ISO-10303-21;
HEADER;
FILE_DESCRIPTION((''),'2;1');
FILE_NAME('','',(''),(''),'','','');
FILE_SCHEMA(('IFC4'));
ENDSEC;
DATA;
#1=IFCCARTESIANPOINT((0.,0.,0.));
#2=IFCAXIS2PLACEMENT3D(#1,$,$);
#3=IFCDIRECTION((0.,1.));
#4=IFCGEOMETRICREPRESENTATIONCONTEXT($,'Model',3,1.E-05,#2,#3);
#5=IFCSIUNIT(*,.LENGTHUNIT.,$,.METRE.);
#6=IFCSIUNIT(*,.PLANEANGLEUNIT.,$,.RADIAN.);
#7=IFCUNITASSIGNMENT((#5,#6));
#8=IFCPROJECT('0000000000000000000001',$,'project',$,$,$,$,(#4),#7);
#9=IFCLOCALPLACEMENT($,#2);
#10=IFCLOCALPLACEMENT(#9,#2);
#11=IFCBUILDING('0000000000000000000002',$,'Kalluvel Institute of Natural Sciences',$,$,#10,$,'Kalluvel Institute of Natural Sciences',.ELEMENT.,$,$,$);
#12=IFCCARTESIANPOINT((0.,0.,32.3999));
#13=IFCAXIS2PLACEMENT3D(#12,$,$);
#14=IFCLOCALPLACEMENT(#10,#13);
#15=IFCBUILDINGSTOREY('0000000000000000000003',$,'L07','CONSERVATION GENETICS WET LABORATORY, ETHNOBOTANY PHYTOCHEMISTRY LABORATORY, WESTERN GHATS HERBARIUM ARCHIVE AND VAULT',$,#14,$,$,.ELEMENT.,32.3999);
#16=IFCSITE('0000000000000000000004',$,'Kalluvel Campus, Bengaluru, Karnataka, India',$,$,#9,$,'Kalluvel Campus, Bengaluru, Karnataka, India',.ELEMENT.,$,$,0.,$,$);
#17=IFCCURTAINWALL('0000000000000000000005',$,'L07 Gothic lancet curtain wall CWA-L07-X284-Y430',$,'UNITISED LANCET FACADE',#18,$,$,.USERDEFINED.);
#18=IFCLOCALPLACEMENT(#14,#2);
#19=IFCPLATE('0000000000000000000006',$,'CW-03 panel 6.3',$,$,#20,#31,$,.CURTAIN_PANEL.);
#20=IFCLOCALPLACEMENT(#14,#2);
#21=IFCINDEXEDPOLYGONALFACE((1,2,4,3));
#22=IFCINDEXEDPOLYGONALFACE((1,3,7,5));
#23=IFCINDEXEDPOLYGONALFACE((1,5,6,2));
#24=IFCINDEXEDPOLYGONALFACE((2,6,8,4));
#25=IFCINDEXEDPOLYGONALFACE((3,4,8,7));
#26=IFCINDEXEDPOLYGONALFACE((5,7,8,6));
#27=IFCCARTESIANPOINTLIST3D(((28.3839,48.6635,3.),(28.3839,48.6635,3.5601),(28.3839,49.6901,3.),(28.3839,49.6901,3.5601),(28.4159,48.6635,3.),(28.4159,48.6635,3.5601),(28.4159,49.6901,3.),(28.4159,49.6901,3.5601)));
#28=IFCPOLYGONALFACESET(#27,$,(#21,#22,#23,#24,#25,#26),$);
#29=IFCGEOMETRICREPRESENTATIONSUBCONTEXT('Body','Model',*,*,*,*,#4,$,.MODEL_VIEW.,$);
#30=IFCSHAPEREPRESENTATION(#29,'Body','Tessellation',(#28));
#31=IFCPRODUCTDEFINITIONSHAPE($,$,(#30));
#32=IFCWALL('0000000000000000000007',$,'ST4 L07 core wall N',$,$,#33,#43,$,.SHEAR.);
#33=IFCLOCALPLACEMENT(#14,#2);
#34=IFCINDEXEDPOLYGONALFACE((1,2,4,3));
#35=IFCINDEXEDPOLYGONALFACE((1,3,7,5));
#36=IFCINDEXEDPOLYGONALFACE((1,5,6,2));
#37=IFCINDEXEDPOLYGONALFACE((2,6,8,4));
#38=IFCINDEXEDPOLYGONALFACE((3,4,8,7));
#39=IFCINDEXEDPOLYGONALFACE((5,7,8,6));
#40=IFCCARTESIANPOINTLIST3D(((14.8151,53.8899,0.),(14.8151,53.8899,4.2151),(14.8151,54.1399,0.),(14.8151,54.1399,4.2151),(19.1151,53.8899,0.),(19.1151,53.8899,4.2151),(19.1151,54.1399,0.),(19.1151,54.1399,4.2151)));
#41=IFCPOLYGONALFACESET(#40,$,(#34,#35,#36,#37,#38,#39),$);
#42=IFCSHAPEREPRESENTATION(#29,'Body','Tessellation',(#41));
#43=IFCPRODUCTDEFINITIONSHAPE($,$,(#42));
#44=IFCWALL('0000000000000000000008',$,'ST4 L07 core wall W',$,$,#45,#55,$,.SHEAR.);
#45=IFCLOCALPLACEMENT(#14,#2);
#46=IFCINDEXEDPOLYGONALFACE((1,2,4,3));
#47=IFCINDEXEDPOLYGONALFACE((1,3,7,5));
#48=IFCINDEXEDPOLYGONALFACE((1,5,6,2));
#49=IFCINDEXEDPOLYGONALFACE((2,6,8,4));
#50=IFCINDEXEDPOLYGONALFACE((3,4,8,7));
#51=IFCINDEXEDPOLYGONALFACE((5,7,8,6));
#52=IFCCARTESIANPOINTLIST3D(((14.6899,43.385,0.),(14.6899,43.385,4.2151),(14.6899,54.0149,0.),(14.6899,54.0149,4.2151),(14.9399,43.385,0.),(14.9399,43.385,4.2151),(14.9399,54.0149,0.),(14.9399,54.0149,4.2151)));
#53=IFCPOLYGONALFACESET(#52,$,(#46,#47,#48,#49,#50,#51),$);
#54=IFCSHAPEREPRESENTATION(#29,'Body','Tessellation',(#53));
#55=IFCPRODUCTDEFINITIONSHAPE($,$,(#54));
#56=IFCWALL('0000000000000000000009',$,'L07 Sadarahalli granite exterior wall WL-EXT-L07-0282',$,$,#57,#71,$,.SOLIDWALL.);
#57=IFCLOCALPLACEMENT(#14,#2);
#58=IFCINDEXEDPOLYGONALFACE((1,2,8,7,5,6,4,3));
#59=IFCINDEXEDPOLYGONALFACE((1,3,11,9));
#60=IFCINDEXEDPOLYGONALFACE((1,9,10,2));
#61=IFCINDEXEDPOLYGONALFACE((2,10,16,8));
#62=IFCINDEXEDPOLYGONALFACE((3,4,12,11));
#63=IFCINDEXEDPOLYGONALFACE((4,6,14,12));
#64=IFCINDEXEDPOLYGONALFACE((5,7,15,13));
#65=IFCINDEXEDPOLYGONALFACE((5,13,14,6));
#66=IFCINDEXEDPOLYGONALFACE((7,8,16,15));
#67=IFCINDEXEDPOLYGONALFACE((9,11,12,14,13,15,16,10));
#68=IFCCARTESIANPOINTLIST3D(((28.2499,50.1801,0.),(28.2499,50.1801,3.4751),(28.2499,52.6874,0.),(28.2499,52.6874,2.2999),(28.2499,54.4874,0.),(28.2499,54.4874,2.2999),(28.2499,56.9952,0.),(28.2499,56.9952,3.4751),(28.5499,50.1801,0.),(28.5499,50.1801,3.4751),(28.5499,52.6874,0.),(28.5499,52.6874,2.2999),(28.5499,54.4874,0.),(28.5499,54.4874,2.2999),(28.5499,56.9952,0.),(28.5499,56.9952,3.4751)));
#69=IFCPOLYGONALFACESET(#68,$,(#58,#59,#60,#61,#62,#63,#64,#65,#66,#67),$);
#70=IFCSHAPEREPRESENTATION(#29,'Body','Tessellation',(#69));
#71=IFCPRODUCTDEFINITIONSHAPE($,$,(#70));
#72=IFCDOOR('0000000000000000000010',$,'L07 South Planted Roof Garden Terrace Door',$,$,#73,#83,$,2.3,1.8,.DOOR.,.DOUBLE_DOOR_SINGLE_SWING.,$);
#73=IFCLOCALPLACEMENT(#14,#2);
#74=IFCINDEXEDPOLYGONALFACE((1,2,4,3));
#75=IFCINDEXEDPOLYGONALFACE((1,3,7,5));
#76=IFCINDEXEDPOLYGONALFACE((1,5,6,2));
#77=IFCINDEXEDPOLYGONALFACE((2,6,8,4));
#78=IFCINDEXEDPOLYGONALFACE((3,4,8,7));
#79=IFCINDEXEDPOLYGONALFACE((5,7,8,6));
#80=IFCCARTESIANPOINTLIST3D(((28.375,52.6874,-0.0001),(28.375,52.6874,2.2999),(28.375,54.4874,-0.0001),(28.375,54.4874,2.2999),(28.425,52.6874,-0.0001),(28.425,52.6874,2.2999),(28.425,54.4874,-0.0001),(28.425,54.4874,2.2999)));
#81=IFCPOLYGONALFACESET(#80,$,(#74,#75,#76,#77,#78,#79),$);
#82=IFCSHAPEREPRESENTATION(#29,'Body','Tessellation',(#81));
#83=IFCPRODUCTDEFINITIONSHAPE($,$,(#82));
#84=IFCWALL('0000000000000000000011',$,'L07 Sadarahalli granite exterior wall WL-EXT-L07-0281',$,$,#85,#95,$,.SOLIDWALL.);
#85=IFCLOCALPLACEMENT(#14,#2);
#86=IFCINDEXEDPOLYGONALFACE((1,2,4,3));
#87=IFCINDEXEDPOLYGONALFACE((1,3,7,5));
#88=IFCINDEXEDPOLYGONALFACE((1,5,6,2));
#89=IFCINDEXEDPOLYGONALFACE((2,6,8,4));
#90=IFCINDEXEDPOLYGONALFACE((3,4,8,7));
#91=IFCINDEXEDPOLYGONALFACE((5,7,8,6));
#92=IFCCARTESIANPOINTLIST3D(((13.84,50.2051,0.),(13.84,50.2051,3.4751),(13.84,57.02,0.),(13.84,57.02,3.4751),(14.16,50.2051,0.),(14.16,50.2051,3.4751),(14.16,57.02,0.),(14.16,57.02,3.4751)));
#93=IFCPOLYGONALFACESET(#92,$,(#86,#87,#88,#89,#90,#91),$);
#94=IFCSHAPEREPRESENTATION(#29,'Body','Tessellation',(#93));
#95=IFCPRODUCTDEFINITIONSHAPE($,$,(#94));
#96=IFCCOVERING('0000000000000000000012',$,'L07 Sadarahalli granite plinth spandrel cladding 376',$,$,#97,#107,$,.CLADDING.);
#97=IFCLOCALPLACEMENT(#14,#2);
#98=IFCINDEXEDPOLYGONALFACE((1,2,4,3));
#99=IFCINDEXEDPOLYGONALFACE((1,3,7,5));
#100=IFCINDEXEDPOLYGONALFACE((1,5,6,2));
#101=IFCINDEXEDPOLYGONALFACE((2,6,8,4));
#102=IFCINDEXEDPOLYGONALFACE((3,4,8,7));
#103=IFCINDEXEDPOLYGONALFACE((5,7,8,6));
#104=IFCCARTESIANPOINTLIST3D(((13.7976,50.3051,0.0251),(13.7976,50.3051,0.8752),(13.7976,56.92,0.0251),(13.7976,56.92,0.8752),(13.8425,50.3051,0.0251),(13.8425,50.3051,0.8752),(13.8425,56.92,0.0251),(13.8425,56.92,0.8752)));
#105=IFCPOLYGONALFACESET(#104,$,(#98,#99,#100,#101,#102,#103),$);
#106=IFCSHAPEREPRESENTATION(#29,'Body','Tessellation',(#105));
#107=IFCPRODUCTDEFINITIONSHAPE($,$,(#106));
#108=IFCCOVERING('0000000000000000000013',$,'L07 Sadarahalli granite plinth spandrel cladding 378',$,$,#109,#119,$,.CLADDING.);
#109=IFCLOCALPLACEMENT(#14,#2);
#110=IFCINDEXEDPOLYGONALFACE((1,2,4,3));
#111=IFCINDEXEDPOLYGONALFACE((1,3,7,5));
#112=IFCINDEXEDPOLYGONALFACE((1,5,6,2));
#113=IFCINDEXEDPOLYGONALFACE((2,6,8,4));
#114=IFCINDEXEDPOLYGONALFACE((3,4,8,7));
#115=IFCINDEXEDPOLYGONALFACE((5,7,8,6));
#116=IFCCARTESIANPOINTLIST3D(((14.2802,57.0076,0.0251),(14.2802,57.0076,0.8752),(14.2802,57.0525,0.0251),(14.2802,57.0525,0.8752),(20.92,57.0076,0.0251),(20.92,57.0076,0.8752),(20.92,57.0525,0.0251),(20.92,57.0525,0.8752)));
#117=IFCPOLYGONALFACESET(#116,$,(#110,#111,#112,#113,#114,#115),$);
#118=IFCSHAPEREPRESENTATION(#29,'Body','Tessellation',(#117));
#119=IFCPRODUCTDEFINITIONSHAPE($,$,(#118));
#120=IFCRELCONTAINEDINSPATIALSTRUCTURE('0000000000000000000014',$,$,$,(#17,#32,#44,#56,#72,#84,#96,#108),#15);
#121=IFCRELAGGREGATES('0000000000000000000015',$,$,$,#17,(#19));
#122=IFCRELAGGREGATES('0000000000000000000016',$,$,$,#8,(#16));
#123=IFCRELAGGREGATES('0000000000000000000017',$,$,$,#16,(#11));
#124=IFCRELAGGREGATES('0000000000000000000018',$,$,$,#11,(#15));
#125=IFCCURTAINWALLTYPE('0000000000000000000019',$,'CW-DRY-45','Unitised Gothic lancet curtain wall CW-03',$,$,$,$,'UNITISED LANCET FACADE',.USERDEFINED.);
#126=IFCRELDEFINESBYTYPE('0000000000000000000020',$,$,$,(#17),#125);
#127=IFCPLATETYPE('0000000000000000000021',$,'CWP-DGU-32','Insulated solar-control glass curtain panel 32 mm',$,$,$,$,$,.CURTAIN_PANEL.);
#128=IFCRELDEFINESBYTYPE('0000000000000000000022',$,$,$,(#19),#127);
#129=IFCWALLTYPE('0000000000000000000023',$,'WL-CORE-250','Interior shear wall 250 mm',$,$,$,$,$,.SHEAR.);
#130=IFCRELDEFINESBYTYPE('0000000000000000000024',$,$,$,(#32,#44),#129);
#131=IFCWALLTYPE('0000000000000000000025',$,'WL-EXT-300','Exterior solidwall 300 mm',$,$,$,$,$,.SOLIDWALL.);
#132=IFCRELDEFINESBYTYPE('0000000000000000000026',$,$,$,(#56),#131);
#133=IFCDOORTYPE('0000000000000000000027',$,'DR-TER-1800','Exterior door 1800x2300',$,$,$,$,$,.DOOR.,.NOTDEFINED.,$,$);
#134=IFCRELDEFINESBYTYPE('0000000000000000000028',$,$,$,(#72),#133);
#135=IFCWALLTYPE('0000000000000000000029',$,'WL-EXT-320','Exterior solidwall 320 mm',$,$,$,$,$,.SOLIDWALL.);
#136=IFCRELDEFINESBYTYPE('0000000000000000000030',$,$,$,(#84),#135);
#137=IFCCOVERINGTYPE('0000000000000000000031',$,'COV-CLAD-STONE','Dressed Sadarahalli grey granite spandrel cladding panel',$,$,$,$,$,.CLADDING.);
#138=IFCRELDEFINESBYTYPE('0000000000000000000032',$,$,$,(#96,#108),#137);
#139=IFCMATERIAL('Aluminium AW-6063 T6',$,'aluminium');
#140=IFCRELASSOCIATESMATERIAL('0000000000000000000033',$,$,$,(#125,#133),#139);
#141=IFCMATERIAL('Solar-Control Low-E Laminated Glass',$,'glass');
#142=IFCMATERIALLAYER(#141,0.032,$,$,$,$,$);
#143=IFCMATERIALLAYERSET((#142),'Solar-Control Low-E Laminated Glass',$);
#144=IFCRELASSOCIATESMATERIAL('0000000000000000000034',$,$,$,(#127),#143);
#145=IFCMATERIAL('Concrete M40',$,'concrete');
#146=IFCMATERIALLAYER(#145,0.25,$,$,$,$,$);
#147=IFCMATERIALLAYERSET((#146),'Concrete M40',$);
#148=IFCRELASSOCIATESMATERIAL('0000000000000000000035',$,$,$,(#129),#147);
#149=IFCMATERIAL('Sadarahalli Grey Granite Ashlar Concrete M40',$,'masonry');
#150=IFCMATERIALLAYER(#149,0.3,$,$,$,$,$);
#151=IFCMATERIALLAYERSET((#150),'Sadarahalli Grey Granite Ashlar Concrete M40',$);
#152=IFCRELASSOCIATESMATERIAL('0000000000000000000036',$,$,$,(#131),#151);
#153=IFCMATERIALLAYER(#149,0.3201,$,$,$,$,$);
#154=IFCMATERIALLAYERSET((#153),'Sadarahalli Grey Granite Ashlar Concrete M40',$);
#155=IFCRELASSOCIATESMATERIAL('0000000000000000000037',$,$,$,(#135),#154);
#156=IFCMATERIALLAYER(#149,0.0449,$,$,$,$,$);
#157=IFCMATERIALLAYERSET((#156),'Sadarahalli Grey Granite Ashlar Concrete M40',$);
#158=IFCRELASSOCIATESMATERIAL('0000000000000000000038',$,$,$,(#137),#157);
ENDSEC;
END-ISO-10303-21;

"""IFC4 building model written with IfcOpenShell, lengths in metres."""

from ifc_helpers import new_model, si_unit, direction, frame, frame_2d, origin, origin_2d, place, context, subcontext, project, spatial, rectangle, extrude, material, layer, layer_set, type_object, element, fill, aggregate, save


model = new_model("IFC4")

# Units and contexts
model_context = context("Model", 3, precision=1e-05, world=origin(), true_north=direction((0.0, 1.0)))
body_context = subcontext(model_context, "Body", "Model", "MODEL_VIEW")
ifc_project = project(units=[si_unit("LENGTHUNIT", "METRE"), si_unit("PLANEANGLEUNIT", "RADIAN")], contexts=[model_context])

# Site, building, storey
site_placement = place(None, origin())
site = spatial("IfcSite", under=ifc_project, at=site_placement, Name="Kalluvel Campus, Bengaluru, Karnataka, India", LongName="Kalluvel Campus, Bengaluru, Karnataka, India", CompositionType="ELEMENT", RefElevation=0.0)
building_placement = place(site_placement, origin())
building = spatial("IfcBuilding", under=site, at=building_placement, Name="Kalluvel Institute of Natural Sciences", LongName="Kalluvel Institute of Natural Sciences", CompositionType="ELEMENT")
storey_placement = place(building_placement, frame((0.0, 0.0, 32.3999)))
storey = spatial("IfcBuildingStorey", under=building, at=storey_placement, Name="L07", Description="CONSERVATION GENETICS WET LABORATORY, ETHNOBOTANY PHYTOCHEMISTRY LABORATORY, WESTERN GHATS HERBARIUM ARCHIVE AND VAULT", CompositionType="ELEMENT", Elevation=32.3999)

# Shared definitions
ifc_material_1 = material(Name="Concrete M40", Category="concrete")

# Curtain wall
ifc_material_2 = material(Name="Aluminium AW-6063 T6", Category="aluminium")
curtain_wall_type = type_object("IfcCurtainWallType", Name="CW-DRY-45", Description="Unitised Gothic lancet curtain wall CW-03", ElementType="UNITISED LANCET FACADE", PredefinedType="USERDEFINED", material=ifc_material_2)
curtain_wall_placement = place(storey_placement, origin())
curtain_wall = element("IfcCurtainWall", 1, at=curtain_wall_placement, inside=storey, type_object=curtain_wall_type, Name="L07 Gothic lancet curtain wall CWA-L07-X284-Y430", ObjectType="UNITISED LANCET FACADE", PredefinedType="USERDEFINED")

# Plate
ifc_material_3 = material(Name="Solar-Control Low-E Laminated Glass", Category="glass")
ifc_layer_1 = layer(ifc_material_3, 0.032)
ifc_layer_set_1 = layer_set([ifc_layer_1], Name="Solar-Control Low-E Laminated Glass")
plate_type = type_object("IfcPlateType", Name="CWP-DGU-32", Description="Insulated solar-control glass curtain panel 32 mm", PredefinedType="CURTAIN_PANEL", material=ifc_layer_set_1)
plate_1_placement = place(storey_placement, frame((28.3999, 49.1768, 3.0), z_axis=(0.0, 0.0, 1.0), x_axis=(0.0, 1.0, 0.0)))
plate_1 = element("IfcPlate", 2, at=plate_1_placement, type_object=plate_type, Name="CW-03 panel 6.3", PredefinedType="CURTAIN_PANEL", context=body_context, shape_type="SweptSolid", body=[
    extrude(rectangle(XDim=1.0266, YDim=0.032, at=origin_2d()), origin(), (0.0, 0.0, 1.0), 0.5601),
])
aggregate(curtain_wall, [plate_1])

# Walls
ifc_layer_2 = layer(ifc_material_1, 0.25)
ifc_layer_set_2 = layer_set([ifc_layer_2], Name="Concrete M40")
wall_type_1 = type_object("IfcWallType", Name="WL-CORE-250", Description="Interior shear wall 250 mm", PredefinedType="SHEAR", material=ifc_layer_set_2)
wall_1_placement = place(storey_placement, frame((19.115, 54.0149, 0.0), z_axis=(0.0, 0.0, 1.0), x_axis=(-1.0, 0.0, 0.0)))
element("IfcWall", 3, at=wall_1_placement, inside=storey, type_object=wall_type_1, Name="ST4 L07 core wall N", PredefinedType="SHEAR", context=body_context, shape_type="SweptSolid", body=[
    extrude(rectangle(XDim=4.3, YDim=0.25, at=frame_2d((2.1499, 0.0))), origin(), (0.0, 0.0, 1.0), 4.2151),
])
wall_2_placement = place(storey_placement, frame((14.8149, 54.0149, 0.0), z_axis=(0.0, 0.0, 1.0), x_axis=(0.0, -1.0, 0.0)))
element("IfcWall", 4, at=wall_2_placement, inside=storey, type_object=wall_type_1, Name="ST4 L07 core wall W", PredefinedType="SHEAR", context=body_context, shape_type="SweptSolid", body=[
    extrude(rectangle(XDim=10.6299, YDim=0.25, at=frame_2d((5.3149, 0.0))), origin(), (0.0, 0.0, 1.0), 4.2151),
])

# Wall, opening, door
ifc_material_4 = material(Name="Sadarahalli Grey Granite Ashlar Concrete M40", Category="masonry")
ifc_layer_3 = layer(ifc_material_4, 0.3)
ifc_layer_set_3 = layer_set([ifc_layer_3], Name="Sadarahalli Grey Granite Ashlar Concrete M40")
wall_type_2 = type_object("IfcWallType", Name="WL-EXT-300", Description="Exterior solidwall 300 mm", PredefinedType="SOLIDWALL", material=ifc_layer_set_3)
wall_3_placement = place(storey_placement, frame((28.3999, 50.1799, 0.0), z_axis=(0.0, 0.0, 1.0), x_axis=(0.0, 1.0, 0.0)))
wall_3 = element("IfcWall", 5, at=wall_3_placement, inside=storey, type_object=wall_type_2, Name="L07 Sadarahalli granite exterior wall WL-EXT-L07-0282", PredefinedType="SOLIDWALL", context=body_context, shape_type="SweptSolid", body=[
    extrude(rectangle(XDim=6.8152, YDim=0.3, at=frame_2d((3.4077, 0.0))), origin(), (0.0, 0.0, 1.0), 3.4751),
])
opening_placement = place(wall_3_placement, frame((2.5076, 0.0, 0.0)))
opening = element("IfcOpeningElement", 6, at=opening_placement, cuts=wall_3, PredefinedType="OPENING", context=body_context, shape_type="SweptSolid", body=[
    extrude(rectangle(XDim=1.8, YDim=2.3, at=frame_2d((0.8999, 1.1499))), frame((0.0, 0.1599, 0.0), z_axis=(0.0, -1.0, 0.0), x_axis=(1.0, 0.0, 0.0)), (0.0, 0.0, 1.0), 0.3201),
])
door_type = type_object("IfcDoorType", Name="DR-TER-1800", Description="Exterior door 1800x2300", OperationType="NOTDEFINED", PredefinedType="DOOR", material=ifc_material_2)
door_placement = place(opening_placement, origin())
door = element("IfcDoor", 7, at=door_placement, inside=storey, type_object=door_type, Name="L07 South Planted Roof Garden Terrace Door", OperationType="DOUBLE_DOOR_SINGLE_SWING", OverallHeight=2.3, OverallWidth=1.8, PredefinedType="DOOR", context=body_context, shape_type="SweptSolid", body=[
    extrude(rectangle(XDim=1.8, YDim=2.3, at=frame_2d((0.8999, 1.1499))), frame((0.0, 0.0249, 0.0), z_axis=(0.0, -1.0, 0.0), x_axis=(1.0, 0.0, 0.0)), (0.0, 0.0, 1.0), 0.05),
])
fill(opening, door)

# Wall
ifc_layer_4 = layer(ifc_material_4, 0.3201)
ifc_layer_set_4 = layer_set([ifc_layer_4], Name="Sadarahalli Grey Granite Ashlar Concrete M40")
wall_type_3 = type_object("IfcWallType", Name="WL-EXT-320", Description="Exterior solidwall 320 mm", PredefinedType="SOLIDWALL", material=ifc_layer_set_4)
wall_4_placement = place(storey_placement, frame((14.0, 50.2051, 0.0), z_axis=(0.0, 0.0, 1.0), x_axis=(0.0, 1.0, 0.0)))
element("IfcWall", 8, at=wall_4_placement, inside=storey, type_object=wall_type_3, Name="L07 Sadarahalli granite exterior wall WL-EXT-L07-0281", PredefinedType="SOLIDWALL", context=body_context, shape_type="SweptSolid", body=[
    extrude(rectangle(XDim=6.8149, YDim=0.3201, at=frame_2d((3.4075, 0.0))), origin(), (0.0, 0.0, 1.0), 3.4751),
])

# Coverings
ifc_layer_5 = layer(ifc_material_4, 0.0449)
ifc_layer_set_5 = layer_set([ifc_layer_5], Name="Sadarahalli Grey Granite Ashlar Concrete M40")
covering_type = type_object("IfcCoveringType", Name="COV-CLAD-STONE", Description="Dressed Sadarahalli grey granite spandrel cladding panel", PredefinedType="CLADDING", material=ifc_layer_set_5)
covering_1_placement = place(storey_placement, frame((13.8201, 53.6125, 0.0251), z_axis=(0.0, 0.0, 1.0), x_axis=(0.0, 1.0, 0.0)))
element("IfcCovering", 9, at=covering_1_placement, inside=storey, type_object=covering_type, Name="L07 Sadarahalli granite plinth spandrel cladding 376", PredefinedType="CLADDING", context=body_context, shape_type="SweptSolid", body=[
    extrude(rectangle(XDim=6.615, YDim=0.0449, at=origin_2d()), origin(), (0.0, 0.0, 1.0), 0.8501),
])
covering_2_placement = place(storey_placement, frame((17.6001, 57.03, 0.0251), z_axis=(0.0, 0.0, 1.0), x_axis=(1.0, 0.0, 0.0)))
element("IfcCovering", 10, at=covering_2_placement, inside=storey, type_object=covering_type, Name="L07 Sadarahalli granite plinth spandrel cladding 378", PredefinedType="CLADDING", context=body_context, shape_type="SweptSolid", body=[
    extrude(rectangle(XDim=6.6399, YDim=0.0449, at=origin_2d()), origin(), (0.0, 0.0, 1.0), 0.8501),
])

save(model, "model.ifc")
